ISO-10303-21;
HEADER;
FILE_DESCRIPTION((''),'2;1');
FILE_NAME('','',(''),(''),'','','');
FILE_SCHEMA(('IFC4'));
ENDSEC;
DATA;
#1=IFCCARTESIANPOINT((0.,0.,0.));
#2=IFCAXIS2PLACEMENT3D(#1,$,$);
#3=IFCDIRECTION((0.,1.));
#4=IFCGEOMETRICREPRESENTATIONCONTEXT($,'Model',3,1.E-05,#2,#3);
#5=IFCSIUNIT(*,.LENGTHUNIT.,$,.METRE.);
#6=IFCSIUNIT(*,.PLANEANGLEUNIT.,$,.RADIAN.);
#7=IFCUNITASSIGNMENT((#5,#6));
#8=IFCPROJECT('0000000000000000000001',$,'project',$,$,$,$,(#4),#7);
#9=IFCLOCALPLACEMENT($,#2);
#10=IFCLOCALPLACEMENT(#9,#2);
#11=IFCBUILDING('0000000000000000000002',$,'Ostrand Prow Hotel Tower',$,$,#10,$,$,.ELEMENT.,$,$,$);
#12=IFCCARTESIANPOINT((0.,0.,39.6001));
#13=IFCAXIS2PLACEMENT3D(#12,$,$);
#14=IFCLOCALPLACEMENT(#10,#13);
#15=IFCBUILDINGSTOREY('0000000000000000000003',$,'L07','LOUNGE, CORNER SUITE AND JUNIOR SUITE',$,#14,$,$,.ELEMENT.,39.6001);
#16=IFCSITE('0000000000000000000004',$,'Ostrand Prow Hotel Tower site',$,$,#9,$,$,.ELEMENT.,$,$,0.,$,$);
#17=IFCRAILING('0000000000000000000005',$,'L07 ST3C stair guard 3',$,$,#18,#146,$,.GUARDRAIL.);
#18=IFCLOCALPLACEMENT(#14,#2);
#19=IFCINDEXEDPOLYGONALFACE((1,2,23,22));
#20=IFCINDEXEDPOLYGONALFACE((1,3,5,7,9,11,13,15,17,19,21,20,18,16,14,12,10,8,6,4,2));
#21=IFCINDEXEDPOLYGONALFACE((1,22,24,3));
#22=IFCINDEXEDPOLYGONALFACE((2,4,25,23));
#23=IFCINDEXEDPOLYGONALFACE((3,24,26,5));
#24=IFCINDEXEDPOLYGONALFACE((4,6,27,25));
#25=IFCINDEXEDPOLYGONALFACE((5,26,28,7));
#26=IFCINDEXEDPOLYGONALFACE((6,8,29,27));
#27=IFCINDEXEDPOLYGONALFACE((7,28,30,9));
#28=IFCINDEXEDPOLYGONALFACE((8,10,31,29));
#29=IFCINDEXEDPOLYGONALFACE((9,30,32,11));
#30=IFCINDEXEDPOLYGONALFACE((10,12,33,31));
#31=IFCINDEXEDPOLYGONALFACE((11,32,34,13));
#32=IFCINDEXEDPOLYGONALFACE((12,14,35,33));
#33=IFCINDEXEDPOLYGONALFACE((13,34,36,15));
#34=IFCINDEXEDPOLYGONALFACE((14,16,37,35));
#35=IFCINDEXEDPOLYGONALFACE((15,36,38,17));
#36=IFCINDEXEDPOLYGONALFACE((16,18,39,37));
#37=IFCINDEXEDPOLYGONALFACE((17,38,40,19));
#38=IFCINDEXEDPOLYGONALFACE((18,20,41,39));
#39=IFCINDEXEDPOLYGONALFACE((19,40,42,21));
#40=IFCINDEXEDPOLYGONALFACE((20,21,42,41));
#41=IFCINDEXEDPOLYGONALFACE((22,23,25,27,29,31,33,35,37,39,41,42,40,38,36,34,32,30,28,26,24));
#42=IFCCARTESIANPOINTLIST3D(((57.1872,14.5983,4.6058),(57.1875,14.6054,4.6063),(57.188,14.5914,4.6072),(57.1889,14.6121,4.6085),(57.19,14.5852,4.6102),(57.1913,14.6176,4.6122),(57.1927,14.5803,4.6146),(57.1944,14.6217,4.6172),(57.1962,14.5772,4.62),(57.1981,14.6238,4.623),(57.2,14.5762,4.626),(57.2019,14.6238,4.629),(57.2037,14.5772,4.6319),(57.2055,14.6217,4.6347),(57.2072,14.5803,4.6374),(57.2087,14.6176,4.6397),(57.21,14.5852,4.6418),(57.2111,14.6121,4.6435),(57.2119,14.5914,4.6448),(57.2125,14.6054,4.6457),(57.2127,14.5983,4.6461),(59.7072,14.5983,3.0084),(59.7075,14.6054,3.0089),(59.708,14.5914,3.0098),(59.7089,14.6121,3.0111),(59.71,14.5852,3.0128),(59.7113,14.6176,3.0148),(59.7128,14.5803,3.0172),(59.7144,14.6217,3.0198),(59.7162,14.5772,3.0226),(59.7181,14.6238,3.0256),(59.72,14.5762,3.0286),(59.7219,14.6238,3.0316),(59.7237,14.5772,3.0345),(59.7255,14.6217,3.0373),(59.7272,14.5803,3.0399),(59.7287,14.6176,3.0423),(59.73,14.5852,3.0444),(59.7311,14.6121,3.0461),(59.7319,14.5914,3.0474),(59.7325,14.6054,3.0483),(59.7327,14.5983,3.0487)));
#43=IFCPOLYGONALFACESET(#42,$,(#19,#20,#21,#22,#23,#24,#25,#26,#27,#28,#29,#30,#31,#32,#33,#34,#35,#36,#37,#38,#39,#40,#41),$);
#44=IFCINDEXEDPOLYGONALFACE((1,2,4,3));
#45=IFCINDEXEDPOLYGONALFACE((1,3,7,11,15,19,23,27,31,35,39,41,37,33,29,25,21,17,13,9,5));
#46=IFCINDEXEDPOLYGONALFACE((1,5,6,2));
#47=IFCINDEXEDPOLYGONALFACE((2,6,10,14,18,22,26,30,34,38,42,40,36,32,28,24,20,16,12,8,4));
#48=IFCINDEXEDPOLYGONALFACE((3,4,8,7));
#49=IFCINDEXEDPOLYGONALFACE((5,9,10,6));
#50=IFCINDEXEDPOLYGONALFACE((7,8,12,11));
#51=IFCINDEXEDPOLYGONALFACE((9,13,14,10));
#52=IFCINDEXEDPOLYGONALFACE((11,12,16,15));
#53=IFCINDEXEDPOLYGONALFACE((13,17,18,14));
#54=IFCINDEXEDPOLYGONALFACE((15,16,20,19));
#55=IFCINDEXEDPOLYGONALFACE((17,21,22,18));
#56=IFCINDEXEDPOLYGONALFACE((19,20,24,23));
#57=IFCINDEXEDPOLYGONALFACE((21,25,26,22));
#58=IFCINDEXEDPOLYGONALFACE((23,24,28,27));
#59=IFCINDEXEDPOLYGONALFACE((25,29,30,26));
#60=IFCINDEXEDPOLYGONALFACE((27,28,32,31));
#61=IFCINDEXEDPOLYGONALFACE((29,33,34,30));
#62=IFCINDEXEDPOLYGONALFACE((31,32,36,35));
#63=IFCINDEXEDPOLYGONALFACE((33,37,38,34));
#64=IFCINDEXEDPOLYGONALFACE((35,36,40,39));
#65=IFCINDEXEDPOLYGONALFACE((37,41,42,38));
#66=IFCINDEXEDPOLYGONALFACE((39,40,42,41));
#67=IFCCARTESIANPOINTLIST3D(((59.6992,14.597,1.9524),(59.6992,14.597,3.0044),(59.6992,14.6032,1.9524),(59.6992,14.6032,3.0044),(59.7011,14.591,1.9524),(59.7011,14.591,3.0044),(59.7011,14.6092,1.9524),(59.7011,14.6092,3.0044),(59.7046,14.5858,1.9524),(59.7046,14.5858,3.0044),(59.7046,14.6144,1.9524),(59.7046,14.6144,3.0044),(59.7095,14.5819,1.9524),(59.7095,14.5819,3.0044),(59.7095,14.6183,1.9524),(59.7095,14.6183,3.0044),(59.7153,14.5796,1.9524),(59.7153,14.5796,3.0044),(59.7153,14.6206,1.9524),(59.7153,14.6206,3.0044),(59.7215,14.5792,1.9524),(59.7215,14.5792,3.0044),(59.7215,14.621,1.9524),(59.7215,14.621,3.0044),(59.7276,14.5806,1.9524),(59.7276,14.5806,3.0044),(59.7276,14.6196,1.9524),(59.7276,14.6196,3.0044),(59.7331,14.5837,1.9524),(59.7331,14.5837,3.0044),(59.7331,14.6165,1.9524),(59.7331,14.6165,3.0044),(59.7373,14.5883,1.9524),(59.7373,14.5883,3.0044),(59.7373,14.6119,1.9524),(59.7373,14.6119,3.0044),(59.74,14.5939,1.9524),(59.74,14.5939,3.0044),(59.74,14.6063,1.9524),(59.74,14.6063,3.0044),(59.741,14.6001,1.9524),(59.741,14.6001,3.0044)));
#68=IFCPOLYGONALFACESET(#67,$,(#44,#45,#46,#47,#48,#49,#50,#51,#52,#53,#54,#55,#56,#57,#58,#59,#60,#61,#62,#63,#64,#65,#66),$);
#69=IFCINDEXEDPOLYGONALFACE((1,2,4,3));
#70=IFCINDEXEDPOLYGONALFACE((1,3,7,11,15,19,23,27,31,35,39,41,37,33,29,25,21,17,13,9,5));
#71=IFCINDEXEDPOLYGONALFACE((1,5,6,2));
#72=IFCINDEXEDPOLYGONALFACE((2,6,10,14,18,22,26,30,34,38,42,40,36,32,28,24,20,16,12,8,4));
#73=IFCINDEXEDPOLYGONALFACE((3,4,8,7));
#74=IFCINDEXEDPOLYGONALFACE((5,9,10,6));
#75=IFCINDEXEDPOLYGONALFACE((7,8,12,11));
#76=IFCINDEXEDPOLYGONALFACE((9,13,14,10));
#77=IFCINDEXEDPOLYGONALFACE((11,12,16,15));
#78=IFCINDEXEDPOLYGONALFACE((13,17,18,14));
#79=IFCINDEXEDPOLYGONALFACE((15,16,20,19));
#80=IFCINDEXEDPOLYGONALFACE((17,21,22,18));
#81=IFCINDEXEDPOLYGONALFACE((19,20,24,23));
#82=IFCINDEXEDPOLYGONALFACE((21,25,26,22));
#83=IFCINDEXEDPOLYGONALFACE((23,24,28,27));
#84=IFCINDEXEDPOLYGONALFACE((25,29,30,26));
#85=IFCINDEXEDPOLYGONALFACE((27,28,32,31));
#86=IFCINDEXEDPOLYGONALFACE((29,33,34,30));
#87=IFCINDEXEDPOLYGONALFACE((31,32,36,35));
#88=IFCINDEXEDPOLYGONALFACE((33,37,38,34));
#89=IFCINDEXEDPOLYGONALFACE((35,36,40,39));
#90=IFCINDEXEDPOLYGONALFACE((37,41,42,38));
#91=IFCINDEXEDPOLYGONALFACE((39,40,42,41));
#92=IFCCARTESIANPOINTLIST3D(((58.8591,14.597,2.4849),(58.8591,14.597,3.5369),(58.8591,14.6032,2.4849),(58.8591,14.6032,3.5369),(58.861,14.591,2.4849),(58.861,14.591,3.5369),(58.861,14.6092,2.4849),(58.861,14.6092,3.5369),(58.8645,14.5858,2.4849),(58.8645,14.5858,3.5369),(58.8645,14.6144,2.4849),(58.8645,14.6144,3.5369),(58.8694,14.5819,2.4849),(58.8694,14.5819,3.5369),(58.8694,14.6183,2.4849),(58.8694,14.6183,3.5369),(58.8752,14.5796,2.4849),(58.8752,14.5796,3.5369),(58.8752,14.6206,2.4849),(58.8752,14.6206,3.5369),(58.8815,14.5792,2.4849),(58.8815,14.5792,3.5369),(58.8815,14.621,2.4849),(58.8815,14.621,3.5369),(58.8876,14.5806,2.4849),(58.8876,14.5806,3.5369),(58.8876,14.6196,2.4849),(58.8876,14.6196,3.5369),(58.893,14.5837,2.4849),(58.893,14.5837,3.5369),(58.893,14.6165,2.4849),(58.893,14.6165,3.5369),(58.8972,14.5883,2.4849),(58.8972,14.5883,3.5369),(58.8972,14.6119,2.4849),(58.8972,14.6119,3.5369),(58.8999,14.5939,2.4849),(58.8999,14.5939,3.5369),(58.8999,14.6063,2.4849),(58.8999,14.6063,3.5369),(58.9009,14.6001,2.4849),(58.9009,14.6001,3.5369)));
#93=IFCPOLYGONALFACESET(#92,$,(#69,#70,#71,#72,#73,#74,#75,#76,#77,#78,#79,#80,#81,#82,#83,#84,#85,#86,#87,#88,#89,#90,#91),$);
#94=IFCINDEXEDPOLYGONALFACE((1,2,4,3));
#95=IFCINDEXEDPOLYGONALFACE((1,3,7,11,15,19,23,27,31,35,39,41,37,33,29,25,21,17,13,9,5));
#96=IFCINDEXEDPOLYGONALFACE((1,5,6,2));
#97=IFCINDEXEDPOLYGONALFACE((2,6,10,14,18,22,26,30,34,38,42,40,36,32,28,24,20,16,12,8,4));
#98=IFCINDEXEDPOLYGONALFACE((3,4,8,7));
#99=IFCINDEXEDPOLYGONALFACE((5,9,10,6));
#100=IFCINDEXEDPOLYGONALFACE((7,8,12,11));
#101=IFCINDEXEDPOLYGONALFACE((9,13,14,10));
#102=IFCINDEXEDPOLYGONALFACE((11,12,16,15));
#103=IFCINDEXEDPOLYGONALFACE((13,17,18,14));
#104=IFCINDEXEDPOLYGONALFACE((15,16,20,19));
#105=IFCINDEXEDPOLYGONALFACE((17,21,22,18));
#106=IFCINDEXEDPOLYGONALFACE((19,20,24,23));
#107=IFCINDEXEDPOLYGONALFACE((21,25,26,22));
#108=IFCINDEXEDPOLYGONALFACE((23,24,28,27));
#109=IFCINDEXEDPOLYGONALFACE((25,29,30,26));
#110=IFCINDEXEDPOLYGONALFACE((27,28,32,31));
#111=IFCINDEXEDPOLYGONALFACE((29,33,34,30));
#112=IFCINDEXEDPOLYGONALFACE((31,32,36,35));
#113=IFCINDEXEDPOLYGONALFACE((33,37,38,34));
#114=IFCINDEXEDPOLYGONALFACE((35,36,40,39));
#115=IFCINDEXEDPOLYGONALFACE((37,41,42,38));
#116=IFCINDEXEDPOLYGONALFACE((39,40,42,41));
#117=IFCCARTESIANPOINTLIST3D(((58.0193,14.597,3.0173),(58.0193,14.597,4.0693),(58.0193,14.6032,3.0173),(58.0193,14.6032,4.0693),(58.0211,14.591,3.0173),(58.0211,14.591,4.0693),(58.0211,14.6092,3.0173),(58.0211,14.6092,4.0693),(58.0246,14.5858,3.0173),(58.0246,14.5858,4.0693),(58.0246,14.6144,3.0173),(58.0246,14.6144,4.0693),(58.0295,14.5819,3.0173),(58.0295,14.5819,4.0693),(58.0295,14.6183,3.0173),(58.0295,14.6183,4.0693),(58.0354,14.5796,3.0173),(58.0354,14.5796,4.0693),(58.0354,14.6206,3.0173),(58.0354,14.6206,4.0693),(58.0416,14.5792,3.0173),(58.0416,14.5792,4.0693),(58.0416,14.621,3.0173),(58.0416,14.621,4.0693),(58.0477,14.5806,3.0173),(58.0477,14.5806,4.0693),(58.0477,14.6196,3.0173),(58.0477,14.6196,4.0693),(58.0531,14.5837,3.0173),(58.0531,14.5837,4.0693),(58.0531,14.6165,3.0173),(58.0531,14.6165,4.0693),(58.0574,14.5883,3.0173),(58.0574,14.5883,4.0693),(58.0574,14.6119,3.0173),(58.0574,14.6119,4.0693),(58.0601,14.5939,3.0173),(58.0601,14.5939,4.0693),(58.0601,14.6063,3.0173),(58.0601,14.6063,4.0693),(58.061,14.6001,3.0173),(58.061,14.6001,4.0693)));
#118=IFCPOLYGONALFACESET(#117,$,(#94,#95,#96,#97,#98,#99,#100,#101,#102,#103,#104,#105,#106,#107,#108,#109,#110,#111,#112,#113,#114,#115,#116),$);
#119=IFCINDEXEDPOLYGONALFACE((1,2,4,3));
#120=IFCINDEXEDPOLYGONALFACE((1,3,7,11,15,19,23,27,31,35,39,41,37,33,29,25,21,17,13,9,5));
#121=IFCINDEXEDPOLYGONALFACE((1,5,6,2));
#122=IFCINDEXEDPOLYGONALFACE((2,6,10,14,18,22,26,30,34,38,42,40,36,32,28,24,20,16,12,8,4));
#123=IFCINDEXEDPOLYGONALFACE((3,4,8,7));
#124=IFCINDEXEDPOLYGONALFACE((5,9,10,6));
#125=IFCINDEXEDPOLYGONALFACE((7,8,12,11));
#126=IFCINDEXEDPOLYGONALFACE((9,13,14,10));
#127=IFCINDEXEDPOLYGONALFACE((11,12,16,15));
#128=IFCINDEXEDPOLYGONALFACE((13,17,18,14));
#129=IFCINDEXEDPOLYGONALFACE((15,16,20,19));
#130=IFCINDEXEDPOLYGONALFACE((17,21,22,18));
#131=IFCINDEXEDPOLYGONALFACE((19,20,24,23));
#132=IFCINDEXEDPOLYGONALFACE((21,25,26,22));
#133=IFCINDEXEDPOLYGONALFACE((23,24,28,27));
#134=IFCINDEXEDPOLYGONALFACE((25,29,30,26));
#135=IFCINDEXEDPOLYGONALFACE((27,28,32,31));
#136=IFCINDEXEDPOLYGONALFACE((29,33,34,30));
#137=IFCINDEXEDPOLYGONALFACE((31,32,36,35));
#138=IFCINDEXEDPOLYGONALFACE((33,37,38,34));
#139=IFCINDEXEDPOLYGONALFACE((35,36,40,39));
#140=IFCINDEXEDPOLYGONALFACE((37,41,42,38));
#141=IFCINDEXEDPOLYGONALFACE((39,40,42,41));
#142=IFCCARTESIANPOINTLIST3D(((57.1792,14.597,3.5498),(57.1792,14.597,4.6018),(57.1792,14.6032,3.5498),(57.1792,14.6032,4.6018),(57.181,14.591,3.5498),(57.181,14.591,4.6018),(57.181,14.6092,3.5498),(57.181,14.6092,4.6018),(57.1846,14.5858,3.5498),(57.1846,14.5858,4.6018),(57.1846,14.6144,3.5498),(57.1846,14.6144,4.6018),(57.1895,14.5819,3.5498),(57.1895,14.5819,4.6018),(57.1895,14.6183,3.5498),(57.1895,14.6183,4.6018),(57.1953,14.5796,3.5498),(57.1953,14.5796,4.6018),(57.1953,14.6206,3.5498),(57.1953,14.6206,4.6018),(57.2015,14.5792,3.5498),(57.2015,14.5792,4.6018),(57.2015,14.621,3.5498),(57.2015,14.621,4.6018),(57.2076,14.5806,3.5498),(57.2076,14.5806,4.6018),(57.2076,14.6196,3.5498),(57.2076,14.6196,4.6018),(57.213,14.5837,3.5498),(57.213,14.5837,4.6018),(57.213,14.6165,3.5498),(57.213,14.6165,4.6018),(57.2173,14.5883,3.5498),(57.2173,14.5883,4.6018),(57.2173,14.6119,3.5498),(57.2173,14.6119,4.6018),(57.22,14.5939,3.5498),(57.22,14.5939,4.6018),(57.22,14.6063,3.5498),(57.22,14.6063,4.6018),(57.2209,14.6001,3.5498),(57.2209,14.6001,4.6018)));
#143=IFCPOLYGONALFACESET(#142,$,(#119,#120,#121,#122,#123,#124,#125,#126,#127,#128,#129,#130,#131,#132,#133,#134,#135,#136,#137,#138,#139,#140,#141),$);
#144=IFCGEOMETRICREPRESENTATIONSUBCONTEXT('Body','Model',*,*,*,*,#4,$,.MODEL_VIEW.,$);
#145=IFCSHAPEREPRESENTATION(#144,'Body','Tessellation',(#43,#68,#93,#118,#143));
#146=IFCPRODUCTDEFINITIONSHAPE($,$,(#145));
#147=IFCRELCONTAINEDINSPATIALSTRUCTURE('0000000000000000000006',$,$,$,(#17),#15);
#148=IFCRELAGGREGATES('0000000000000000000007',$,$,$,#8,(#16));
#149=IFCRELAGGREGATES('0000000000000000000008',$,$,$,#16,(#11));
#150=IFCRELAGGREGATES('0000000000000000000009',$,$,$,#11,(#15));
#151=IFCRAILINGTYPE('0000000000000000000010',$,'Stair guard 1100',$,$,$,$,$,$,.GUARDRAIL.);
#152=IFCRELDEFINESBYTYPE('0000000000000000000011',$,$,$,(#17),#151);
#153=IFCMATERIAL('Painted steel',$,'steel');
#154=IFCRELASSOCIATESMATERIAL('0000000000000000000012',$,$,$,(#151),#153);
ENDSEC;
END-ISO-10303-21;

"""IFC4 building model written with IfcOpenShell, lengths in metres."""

from ifc_helpers import new_model, si_unit, direction, frame, origin, origin_2d, place, context, subcontext, project, spatial, circle, extrude, material, type_object, element, save


model = new_model("IFC4")

# Units and contexts
model_context = context("Model", 3, precision=1e-05, world=origin(), true_north=direction((0.0, 1.0)))
body_context = subcontext(model_context, "Body", "Model", "MODEL_VIEW")
ifc_project = project(units=[si_unit("LENGTHUNIT", "METRE"), si_unit("PLANEANGLEUNIT", "RADIAN")], contexts=[model_context])

# Site, building, storey
site_placement = place(None, origin())
site = spatial("IfcSite", under=ifc_project, at=site_placement, Name="Ostrand Prow Hotel Tower site", CompositionType="ELEMENT", RefElevation=0.0)
building_placement = place(site_placement, origin())
building = spatial("IfcBuilding", under=site, at=building_placement, Name="Ostrand Prow Hotel Tower", CompositionType="ELEMENT")
storey_placement = place(building_placement, frame((0.0, 0.0, 39.6001)))
storey = spatial("IfcBuildingStorey", under=building, at=storey_placement, Name="L07", Description="LOUNGE, CORNER SUITE AND JUNIOR SUITE", CompositionType="ELEMENT", Elevation=39.6001)

# Railing
ifc_material_1 = material(Name="Painted steel", Category="steel")
railing_type_1 = type_object("IfcRailingType", Name="Stair guard 1100", PredefinedType="GUARDRAIL", material=ifc_material_1)
railing_1_placement = place(storey_placement, frame((59.72, 14.6001, 1.9524)))
element("IfcRailing", 1, at=railing_1_placement, inside=storey, type_object=railing_type_1, Name="L07 ST3C stair guard 3", PredefinedType="GUARDRAIL", context=body_context, shape_type="SweptSolid", body=[
    extrude(circle(Radius=0.0239, at=origin_2d()), frame((0.0, 0.0, 1.0762), z_axis=(-0.844607, 0.0, 0.535387), x_axis=(0.0, -1.0, 0.0)), (0.0, 0.0, 1.0), 2.9836),
    extrude(circle(Radius=0.021, at=origin_2d()), origin(), (0.0, 0.0, 1.0), 1.052),
    extrude(circle(Radius=0.021, at=origin_2d()), frame((-0.8401, 0.0, 0.5325)), (0.0, 0.0, 1.0), 1.052),
    extrude(circle(Radius=0.021, at=origin_2d()), frame((-1.6799, 0.0, 1.0649)), (0.0, 0.0, 1.0), 1.052),
    extrude(circle(Radius=0.021, at=origin_2d()), frame((-2.52, 0.0, 1.5974)), (0.0, 0.0, 1.0), 1.052),
])

save(model, "model.ifc")
